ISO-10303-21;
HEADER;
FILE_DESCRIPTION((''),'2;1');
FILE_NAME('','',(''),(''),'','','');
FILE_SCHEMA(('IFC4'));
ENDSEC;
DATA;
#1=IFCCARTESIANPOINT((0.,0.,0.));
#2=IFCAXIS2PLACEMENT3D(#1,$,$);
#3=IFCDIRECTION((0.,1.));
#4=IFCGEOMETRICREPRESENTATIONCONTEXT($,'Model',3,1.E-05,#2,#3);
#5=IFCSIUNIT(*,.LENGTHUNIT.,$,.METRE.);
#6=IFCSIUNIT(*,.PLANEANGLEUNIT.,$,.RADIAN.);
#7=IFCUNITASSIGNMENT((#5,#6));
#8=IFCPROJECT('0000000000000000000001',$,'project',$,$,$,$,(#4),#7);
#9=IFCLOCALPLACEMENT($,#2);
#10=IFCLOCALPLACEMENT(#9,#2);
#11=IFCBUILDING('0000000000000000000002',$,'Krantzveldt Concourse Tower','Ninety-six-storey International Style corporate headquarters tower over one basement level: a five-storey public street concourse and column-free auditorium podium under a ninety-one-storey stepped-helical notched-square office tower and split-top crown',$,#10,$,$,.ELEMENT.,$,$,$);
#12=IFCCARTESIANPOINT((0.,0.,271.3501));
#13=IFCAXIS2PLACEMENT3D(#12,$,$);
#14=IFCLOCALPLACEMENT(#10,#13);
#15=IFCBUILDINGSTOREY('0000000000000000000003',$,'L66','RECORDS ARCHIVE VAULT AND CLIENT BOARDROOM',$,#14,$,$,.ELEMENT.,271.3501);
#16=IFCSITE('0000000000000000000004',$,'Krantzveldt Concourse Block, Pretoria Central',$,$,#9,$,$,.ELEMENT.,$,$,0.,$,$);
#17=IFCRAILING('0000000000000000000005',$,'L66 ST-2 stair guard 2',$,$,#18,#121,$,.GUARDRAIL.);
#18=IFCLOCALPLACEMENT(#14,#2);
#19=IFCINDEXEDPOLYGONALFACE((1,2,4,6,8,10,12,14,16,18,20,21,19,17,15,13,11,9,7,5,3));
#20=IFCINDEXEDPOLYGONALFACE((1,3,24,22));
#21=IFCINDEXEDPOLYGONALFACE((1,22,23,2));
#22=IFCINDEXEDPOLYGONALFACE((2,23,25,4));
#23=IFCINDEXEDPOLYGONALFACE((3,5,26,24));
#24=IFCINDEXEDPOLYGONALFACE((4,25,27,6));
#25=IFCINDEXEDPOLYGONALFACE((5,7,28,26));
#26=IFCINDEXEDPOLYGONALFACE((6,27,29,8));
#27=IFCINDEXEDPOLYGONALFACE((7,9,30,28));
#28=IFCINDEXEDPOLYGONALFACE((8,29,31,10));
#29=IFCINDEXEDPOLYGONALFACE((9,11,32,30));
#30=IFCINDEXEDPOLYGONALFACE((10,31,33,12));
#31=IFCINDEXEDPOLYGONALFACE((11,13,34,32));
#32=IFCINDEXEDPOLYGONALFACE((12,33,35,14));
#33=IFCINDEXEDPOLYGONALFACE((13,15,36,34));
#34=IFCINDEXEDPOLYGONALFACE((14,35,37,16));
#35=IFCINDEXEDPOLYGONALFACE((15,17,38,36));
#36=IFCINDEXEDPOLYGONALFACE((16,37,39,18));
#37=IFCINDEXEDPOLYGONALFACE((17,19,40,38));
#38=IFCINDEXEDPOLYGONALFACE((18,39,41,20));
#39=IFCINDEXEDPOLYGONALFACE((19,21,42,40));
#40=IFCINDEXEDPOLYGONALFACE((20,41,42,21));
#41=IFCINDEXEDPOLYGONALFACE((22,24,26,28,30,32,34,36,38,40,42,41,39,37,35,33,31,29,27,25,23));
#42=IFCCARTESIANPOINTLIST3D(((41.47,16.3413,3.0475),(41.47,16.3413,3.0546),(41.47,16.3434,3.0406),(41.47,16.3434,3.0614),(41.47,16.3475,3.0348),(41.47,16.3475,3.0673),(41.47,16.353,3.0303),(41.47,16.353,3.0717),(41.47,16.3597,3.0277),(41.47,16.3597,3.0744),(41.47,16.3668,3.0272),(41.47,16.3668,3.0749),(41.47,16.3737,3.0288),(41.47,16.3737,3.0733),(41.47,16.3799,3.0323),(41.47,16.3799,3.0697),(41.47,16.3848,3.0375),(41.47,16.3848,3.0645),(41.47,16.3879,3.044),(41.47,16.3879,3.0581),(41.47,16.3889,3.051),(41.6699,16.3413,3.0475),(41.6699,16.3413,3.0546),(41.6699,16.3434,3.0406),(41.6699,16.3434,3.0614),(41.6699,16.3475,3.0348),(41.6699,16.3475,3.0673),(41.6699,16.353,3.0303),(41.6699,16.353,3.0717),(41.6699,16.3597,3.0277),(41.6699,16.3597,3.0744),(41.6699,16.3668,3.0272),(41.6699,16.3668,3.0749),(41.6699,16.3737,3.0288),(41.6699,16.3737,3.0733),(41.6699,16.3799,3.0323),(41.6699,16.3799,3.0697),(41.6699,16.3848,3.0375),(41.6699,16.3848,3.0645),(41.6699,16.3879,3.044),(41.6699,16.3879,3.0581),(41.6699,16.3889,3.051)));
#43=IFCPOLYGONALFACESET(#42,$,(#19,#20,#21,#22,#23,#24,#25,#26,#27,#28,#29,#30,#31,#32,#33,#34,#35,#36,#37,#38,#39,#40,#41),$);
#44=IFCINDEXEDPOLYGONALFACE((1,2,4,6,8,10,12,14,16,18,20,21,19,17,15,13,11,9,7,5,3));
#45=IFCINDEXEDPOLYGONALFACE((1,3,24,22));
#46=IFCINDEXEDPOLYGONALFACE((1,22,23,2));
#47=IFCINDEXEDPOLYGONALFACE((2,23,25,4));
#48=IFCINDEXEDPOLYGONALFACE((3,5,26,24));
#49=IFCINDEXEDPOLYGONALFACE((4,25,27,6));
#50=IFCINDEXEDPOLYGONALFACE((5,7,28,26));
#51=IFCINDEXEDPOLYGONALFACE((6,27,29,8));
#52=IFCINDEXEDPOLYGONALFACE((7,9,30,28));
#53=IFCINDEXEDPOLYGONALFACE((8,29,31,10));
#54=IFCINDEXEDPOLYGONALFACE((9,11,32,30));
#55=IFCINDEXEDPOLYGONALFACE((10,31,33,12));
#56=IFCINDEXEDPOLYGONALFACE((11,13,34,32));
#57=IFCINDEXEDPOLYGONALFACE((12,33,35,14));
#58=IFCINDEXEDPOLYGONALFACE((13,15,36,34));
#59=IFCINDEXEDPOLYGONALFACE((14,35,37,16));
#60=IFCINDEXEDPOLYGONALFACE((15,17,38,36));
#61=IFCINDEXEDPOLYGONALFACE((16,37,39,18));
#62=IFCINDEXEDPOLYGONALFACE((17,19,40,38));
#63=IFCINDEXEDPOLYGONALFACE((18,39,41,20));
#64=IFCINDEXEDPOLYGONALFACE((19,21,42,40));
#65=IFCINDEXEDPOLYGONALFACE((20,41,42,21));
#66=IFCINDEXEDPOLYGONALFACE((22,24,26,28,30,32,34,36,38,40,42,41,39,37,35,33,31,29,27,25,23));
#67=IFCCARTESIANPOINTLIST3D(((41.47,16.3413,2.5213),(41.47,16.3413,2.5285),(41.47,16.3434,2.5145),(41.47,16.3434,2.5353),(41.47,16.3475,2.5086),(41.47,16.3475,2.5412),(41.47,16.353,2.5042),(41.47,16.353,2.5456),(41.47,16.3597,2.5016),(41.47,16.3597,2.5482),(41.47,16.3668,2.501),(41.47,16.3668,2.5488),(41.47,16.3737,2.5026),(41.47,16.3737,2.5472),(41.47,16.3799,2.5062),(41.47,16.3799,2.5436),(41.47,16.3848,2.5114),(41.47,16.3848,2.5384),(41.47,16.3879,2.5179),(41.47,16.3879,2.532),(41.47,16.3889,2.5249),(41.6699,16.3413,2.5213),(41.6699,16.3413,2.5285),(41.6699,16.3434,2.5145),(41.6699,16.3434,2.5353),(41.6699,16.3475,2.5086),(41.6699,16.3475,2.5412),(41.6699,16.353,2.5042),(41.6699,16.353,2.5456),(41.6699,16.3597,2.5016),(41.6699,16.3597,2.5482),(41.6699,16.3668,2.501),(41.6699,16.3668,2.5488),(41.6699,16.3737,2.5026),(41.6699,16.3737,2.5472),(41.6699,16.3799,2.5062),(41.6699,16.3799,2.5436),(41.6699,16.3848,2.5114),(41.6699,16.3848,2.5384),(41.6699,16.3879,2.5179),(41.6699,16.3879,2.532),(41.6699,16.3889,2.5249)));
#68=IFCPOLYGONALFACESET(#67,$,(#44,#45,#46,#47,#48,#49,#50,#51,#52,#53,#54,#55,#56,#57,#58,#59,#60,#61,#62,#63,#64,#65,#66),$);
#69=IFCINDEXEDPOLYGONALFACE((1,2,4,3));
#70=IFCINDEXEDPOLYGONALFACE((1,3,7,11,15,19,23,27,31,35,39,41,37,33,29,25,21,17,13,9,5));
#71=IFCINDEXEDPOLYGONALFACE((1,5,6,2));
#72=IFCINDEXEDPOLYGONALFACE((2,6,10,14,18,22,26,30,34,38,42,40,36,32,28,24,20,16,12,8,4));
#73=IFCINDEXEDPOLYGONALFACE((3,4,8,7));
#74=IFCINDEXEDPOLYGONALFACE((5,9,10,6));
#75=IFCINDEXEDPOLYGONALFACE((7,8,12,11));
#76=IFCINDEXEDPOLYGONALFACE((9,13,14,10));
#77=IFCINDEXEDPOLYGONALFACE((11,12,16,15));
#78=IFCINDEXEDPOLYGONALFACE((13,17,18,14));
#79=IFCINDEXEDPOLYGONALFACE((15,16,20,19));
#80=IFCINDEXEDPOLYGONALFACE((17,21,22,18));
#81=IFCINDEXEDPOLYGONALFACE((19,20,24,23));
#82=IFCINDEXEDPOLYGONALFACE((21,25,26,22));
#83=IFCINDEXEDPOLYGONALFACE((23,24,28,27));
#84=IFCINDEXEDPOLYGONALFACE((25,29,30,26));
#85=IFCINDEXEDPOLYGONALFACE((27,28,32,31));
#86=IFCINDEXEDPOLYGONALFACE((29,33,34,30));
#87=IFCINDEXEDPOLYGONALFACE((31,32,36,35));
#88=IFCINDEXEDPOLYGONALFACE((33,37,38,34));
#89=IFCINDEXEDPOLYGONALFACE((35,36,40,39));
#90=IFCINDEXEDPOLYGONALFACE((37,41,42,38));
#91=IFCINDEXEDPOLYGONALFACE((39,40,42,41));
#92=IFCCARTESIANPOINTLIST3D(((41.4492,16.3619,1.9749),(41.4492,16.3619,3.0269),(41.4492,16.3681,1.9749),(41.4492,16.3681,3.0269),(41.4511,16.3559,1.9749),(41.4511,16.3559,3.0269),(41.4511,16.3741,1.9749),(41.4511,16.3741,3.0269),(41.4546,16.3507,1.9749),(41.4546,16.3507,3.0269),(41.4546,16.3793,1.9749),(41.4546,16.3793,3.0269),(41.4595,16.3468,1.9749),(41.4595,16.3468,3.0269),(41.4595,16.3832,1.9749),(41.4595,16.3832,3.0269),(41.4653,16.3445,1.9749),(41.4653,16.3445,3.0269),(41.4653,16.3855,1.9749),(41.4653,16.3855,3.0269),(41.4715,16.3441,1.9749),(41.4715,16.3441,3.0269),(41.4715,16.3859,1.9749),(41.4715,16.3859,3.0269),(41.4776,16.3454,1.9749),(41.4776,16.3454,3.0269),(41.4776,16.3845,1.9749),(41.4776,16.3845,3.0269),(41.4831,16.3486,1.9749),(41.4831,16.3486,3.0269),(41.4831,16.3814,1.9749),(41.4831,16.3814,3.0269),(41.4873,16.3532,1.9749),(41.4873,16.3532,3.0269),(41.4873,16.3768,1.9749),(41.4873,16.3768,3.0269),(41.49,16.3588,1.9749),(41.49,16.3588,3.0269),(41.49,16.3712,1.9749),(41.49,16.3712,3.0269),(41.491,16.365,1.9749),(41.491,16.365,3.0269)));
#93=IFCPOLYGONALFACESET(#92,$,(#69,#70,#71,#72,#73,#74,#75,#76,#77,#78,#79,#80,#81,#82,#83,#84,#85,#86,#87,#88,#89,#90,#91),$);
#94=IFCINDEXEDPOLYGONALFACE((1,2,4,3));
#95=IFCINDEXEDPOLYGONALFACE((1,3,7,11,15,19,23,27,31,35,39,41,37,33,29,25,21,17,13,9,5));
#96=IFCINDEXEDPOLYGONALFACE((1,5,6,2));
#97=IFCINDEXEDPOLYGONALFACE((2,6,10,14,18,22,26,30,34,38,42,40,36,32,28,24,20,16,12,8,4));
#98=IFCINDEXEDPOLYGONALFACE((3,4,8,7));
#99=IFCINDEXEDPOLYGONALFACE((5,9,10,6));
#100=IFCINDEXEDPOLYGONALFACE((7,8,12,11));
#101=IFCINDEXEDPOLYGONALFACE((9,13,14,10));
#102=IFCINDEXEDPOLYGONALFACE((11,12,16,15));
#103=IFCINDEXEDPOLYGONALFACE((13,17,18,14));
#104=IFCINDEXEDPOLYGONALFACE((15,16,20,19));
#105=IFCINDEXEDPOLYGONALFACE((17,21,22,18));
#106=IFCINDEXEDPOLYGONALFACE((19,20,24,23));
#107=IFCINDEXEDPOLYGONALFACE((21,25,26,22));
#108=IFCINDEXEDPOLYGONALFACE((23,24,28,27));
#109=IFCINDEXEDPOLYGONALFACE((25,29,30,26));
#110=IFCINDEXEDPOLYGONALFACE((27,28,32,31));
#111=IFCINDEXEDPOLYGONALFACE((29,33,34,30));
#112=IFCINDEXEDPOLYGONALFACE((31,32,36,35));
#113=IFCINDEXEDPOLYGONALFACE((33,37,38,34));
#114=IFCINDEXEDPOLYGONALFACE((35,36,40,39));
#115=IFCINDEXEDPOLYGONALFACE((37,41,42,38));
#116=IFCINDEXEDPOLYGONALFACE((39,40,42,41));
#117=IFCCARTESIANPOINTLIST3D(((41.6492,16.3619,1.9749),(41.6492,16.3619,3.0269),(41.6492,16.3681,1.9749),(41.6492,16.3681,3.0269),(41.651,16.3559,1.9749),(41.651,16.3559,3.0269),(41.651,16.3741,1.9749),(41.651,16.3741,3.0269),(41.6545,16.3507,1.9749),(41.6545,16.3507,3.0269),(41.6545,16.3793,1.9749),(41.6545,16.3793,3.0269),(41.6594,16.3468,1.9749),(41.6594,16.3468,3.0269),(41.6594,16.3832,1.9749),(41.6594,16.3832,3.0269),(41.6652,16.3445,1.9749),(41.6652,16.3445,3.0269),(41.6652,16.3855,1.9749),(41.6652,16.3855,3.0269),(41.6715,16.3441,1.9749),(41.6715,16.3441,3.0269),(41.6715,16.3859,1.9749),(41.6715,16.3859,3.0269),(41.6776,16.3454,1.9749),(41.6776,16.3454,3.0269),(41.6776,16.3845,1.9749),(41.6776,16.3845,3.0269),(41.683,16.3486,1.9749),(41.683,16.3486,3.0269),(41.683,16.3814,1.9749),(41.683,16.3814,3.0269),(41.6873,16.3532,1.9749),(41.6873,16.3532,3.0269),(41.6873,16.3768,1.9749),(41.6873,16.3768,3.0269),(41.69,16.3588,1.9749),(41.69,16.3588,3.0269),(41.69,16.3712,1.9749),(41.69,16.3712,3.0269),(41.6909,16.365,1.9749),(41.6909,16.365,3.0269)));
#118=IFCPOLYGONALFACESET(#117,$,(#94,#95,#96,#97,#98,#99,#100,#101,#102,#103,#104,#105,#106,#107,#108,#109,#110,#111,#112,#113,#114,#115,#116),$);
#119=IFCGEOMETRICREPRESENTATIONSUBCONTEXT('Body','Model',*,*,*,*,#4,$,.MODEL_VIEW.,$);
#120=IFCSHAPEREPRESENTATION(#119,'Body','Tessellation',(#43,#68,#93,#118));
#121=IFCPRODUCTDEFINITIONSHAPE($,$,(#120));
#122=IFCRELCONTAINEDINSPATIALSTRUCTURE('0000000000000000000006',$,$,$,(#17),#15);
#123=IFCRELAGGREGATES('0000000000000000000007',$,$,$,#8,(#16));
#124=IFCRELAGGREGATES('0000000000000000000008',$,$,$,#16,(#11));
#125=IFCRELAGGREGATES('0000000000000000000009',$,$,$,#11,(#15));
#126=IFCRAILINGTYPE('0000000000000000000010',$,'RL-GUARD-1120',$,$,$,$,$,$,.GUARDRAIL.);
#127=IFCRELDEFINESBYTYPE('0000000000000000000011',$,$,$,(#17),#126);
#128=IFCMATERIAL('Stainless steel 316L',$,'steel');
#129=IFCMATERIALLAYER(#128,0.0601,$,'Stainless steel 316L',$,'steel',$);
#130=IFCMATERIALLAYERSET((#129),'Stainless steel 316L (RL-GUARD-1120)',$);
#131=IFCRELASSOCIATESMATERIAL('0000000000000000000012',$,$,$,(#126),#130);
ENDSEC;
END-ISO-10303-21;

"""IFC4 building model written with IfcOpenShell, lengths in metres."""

from ifc_helpers import new_model, si_unit, direction, frame, origin, origin_2d, place, context, subcontext, project, spatial, circle, extrude, material, layer, layer_set, type_object, element, save


model = new_model("IFC4")

# Units and contexts
model_context = context("Model", 3, precision=1e-05, world=origin(), true_north=direction((0.0, 1.0)))
body_context = subcontext(model_context, "Body", "Model", "MODEL_VIEW")
ifc_project = project(units=[si_unit("LENGTHUNIT", "METRE"), si_unit("PLANEANGLEUNIT", "RADIAN")], contexts=[model_context])

# Site, building, storey
site_placement = place(None, origin())
site = spatial("IfcSite", under=ifc_project, at=site_placement, Name="Krantzveldt Concourse Block, Pretoria Central", CompositionType="ELEMENT", RefElevation=0.0)
building_placement = place(site_placement, origin())
building = spatial("IfcBuilding", under=site, at=building_placement, Name="Krantzveldt Concourse Tower", Description="Ninety-six-storey International Style corporate headquarters tower over one basement level: a five-storey public street concourse and column-free auditorium podium under a ninety-one-storey stepped-helical notched-square office tower and split-top crown", CompositionType="ELEMENT")
storey_placement = place(building_placement, frame((0.0, 0.0, 271.3501)))
storey = spatial("IfcBuildingStorey", under=building, at=storey_placement, Name="L66", Description="RECORDS ARCHIVE VAULT AND CLIENT BOARDROOM", CompositionType="ELEMENT", Elevation=271.3501)

# Shared definitions
ifc_material_1 = material(Name="Stainless steel 316L", Category="steel")

# Railing
ifc_layer_1 = layer(ifc_material_1, 0.0601, Name="Stainless steel 316L", Category="steel")
ifc_layer_set_1 = layer_set([ifc_layer_1], Name="Stainless steel 316L (RL-GUARD-1120)")
railing_type_1 = type_object("IfcRailingType", Name="RL-GUARD-1120", PredefinedType="GUARDRAIL", material=ifc_layer_set_1)
railing_1_placement = place(storey_placement, frame((41.47, 16.365, 1.9749)))
element("IfcRailing", 1, at=railing_1_placement, inside=storey, type_object=railing_type_1, Name="L66 ST-2 stair guard 2", PredefinedType="GUARDRAIL", context=body_context, shape_type="SweptSolid", body=[
    extrude(circle(Radius=0.0239, at=origin_2d()), frame((0.0, 0.0, 1.0762), z_axis=(1.0, 0.0, 0.0), x_axis=(0.0, 1.0, 0.0)), (0.0, 0.0, 1.0), 0.2),
    extrude(circle(Radius=0.0239, at=origin_2d()), frame((0.0, 0.0, 0.55), z_axis=(1.0, 0.0, 0.0), x_axis=(0.0, 1.0, 0.0)), (0.0, 0.0, 1.0), 0.2),
    extrude(circle(Radius=0.021, at=origin_2d()), origin(), (0.0, 0.0, 1.0), 1.052),
    extrude(circle(Radius=0.021, at=origin_2d()), frame((0.2, 0.0, 0.0)), (0.0, 0.0, 1.0), 1.052),
])

save(model, "model.ifc")
